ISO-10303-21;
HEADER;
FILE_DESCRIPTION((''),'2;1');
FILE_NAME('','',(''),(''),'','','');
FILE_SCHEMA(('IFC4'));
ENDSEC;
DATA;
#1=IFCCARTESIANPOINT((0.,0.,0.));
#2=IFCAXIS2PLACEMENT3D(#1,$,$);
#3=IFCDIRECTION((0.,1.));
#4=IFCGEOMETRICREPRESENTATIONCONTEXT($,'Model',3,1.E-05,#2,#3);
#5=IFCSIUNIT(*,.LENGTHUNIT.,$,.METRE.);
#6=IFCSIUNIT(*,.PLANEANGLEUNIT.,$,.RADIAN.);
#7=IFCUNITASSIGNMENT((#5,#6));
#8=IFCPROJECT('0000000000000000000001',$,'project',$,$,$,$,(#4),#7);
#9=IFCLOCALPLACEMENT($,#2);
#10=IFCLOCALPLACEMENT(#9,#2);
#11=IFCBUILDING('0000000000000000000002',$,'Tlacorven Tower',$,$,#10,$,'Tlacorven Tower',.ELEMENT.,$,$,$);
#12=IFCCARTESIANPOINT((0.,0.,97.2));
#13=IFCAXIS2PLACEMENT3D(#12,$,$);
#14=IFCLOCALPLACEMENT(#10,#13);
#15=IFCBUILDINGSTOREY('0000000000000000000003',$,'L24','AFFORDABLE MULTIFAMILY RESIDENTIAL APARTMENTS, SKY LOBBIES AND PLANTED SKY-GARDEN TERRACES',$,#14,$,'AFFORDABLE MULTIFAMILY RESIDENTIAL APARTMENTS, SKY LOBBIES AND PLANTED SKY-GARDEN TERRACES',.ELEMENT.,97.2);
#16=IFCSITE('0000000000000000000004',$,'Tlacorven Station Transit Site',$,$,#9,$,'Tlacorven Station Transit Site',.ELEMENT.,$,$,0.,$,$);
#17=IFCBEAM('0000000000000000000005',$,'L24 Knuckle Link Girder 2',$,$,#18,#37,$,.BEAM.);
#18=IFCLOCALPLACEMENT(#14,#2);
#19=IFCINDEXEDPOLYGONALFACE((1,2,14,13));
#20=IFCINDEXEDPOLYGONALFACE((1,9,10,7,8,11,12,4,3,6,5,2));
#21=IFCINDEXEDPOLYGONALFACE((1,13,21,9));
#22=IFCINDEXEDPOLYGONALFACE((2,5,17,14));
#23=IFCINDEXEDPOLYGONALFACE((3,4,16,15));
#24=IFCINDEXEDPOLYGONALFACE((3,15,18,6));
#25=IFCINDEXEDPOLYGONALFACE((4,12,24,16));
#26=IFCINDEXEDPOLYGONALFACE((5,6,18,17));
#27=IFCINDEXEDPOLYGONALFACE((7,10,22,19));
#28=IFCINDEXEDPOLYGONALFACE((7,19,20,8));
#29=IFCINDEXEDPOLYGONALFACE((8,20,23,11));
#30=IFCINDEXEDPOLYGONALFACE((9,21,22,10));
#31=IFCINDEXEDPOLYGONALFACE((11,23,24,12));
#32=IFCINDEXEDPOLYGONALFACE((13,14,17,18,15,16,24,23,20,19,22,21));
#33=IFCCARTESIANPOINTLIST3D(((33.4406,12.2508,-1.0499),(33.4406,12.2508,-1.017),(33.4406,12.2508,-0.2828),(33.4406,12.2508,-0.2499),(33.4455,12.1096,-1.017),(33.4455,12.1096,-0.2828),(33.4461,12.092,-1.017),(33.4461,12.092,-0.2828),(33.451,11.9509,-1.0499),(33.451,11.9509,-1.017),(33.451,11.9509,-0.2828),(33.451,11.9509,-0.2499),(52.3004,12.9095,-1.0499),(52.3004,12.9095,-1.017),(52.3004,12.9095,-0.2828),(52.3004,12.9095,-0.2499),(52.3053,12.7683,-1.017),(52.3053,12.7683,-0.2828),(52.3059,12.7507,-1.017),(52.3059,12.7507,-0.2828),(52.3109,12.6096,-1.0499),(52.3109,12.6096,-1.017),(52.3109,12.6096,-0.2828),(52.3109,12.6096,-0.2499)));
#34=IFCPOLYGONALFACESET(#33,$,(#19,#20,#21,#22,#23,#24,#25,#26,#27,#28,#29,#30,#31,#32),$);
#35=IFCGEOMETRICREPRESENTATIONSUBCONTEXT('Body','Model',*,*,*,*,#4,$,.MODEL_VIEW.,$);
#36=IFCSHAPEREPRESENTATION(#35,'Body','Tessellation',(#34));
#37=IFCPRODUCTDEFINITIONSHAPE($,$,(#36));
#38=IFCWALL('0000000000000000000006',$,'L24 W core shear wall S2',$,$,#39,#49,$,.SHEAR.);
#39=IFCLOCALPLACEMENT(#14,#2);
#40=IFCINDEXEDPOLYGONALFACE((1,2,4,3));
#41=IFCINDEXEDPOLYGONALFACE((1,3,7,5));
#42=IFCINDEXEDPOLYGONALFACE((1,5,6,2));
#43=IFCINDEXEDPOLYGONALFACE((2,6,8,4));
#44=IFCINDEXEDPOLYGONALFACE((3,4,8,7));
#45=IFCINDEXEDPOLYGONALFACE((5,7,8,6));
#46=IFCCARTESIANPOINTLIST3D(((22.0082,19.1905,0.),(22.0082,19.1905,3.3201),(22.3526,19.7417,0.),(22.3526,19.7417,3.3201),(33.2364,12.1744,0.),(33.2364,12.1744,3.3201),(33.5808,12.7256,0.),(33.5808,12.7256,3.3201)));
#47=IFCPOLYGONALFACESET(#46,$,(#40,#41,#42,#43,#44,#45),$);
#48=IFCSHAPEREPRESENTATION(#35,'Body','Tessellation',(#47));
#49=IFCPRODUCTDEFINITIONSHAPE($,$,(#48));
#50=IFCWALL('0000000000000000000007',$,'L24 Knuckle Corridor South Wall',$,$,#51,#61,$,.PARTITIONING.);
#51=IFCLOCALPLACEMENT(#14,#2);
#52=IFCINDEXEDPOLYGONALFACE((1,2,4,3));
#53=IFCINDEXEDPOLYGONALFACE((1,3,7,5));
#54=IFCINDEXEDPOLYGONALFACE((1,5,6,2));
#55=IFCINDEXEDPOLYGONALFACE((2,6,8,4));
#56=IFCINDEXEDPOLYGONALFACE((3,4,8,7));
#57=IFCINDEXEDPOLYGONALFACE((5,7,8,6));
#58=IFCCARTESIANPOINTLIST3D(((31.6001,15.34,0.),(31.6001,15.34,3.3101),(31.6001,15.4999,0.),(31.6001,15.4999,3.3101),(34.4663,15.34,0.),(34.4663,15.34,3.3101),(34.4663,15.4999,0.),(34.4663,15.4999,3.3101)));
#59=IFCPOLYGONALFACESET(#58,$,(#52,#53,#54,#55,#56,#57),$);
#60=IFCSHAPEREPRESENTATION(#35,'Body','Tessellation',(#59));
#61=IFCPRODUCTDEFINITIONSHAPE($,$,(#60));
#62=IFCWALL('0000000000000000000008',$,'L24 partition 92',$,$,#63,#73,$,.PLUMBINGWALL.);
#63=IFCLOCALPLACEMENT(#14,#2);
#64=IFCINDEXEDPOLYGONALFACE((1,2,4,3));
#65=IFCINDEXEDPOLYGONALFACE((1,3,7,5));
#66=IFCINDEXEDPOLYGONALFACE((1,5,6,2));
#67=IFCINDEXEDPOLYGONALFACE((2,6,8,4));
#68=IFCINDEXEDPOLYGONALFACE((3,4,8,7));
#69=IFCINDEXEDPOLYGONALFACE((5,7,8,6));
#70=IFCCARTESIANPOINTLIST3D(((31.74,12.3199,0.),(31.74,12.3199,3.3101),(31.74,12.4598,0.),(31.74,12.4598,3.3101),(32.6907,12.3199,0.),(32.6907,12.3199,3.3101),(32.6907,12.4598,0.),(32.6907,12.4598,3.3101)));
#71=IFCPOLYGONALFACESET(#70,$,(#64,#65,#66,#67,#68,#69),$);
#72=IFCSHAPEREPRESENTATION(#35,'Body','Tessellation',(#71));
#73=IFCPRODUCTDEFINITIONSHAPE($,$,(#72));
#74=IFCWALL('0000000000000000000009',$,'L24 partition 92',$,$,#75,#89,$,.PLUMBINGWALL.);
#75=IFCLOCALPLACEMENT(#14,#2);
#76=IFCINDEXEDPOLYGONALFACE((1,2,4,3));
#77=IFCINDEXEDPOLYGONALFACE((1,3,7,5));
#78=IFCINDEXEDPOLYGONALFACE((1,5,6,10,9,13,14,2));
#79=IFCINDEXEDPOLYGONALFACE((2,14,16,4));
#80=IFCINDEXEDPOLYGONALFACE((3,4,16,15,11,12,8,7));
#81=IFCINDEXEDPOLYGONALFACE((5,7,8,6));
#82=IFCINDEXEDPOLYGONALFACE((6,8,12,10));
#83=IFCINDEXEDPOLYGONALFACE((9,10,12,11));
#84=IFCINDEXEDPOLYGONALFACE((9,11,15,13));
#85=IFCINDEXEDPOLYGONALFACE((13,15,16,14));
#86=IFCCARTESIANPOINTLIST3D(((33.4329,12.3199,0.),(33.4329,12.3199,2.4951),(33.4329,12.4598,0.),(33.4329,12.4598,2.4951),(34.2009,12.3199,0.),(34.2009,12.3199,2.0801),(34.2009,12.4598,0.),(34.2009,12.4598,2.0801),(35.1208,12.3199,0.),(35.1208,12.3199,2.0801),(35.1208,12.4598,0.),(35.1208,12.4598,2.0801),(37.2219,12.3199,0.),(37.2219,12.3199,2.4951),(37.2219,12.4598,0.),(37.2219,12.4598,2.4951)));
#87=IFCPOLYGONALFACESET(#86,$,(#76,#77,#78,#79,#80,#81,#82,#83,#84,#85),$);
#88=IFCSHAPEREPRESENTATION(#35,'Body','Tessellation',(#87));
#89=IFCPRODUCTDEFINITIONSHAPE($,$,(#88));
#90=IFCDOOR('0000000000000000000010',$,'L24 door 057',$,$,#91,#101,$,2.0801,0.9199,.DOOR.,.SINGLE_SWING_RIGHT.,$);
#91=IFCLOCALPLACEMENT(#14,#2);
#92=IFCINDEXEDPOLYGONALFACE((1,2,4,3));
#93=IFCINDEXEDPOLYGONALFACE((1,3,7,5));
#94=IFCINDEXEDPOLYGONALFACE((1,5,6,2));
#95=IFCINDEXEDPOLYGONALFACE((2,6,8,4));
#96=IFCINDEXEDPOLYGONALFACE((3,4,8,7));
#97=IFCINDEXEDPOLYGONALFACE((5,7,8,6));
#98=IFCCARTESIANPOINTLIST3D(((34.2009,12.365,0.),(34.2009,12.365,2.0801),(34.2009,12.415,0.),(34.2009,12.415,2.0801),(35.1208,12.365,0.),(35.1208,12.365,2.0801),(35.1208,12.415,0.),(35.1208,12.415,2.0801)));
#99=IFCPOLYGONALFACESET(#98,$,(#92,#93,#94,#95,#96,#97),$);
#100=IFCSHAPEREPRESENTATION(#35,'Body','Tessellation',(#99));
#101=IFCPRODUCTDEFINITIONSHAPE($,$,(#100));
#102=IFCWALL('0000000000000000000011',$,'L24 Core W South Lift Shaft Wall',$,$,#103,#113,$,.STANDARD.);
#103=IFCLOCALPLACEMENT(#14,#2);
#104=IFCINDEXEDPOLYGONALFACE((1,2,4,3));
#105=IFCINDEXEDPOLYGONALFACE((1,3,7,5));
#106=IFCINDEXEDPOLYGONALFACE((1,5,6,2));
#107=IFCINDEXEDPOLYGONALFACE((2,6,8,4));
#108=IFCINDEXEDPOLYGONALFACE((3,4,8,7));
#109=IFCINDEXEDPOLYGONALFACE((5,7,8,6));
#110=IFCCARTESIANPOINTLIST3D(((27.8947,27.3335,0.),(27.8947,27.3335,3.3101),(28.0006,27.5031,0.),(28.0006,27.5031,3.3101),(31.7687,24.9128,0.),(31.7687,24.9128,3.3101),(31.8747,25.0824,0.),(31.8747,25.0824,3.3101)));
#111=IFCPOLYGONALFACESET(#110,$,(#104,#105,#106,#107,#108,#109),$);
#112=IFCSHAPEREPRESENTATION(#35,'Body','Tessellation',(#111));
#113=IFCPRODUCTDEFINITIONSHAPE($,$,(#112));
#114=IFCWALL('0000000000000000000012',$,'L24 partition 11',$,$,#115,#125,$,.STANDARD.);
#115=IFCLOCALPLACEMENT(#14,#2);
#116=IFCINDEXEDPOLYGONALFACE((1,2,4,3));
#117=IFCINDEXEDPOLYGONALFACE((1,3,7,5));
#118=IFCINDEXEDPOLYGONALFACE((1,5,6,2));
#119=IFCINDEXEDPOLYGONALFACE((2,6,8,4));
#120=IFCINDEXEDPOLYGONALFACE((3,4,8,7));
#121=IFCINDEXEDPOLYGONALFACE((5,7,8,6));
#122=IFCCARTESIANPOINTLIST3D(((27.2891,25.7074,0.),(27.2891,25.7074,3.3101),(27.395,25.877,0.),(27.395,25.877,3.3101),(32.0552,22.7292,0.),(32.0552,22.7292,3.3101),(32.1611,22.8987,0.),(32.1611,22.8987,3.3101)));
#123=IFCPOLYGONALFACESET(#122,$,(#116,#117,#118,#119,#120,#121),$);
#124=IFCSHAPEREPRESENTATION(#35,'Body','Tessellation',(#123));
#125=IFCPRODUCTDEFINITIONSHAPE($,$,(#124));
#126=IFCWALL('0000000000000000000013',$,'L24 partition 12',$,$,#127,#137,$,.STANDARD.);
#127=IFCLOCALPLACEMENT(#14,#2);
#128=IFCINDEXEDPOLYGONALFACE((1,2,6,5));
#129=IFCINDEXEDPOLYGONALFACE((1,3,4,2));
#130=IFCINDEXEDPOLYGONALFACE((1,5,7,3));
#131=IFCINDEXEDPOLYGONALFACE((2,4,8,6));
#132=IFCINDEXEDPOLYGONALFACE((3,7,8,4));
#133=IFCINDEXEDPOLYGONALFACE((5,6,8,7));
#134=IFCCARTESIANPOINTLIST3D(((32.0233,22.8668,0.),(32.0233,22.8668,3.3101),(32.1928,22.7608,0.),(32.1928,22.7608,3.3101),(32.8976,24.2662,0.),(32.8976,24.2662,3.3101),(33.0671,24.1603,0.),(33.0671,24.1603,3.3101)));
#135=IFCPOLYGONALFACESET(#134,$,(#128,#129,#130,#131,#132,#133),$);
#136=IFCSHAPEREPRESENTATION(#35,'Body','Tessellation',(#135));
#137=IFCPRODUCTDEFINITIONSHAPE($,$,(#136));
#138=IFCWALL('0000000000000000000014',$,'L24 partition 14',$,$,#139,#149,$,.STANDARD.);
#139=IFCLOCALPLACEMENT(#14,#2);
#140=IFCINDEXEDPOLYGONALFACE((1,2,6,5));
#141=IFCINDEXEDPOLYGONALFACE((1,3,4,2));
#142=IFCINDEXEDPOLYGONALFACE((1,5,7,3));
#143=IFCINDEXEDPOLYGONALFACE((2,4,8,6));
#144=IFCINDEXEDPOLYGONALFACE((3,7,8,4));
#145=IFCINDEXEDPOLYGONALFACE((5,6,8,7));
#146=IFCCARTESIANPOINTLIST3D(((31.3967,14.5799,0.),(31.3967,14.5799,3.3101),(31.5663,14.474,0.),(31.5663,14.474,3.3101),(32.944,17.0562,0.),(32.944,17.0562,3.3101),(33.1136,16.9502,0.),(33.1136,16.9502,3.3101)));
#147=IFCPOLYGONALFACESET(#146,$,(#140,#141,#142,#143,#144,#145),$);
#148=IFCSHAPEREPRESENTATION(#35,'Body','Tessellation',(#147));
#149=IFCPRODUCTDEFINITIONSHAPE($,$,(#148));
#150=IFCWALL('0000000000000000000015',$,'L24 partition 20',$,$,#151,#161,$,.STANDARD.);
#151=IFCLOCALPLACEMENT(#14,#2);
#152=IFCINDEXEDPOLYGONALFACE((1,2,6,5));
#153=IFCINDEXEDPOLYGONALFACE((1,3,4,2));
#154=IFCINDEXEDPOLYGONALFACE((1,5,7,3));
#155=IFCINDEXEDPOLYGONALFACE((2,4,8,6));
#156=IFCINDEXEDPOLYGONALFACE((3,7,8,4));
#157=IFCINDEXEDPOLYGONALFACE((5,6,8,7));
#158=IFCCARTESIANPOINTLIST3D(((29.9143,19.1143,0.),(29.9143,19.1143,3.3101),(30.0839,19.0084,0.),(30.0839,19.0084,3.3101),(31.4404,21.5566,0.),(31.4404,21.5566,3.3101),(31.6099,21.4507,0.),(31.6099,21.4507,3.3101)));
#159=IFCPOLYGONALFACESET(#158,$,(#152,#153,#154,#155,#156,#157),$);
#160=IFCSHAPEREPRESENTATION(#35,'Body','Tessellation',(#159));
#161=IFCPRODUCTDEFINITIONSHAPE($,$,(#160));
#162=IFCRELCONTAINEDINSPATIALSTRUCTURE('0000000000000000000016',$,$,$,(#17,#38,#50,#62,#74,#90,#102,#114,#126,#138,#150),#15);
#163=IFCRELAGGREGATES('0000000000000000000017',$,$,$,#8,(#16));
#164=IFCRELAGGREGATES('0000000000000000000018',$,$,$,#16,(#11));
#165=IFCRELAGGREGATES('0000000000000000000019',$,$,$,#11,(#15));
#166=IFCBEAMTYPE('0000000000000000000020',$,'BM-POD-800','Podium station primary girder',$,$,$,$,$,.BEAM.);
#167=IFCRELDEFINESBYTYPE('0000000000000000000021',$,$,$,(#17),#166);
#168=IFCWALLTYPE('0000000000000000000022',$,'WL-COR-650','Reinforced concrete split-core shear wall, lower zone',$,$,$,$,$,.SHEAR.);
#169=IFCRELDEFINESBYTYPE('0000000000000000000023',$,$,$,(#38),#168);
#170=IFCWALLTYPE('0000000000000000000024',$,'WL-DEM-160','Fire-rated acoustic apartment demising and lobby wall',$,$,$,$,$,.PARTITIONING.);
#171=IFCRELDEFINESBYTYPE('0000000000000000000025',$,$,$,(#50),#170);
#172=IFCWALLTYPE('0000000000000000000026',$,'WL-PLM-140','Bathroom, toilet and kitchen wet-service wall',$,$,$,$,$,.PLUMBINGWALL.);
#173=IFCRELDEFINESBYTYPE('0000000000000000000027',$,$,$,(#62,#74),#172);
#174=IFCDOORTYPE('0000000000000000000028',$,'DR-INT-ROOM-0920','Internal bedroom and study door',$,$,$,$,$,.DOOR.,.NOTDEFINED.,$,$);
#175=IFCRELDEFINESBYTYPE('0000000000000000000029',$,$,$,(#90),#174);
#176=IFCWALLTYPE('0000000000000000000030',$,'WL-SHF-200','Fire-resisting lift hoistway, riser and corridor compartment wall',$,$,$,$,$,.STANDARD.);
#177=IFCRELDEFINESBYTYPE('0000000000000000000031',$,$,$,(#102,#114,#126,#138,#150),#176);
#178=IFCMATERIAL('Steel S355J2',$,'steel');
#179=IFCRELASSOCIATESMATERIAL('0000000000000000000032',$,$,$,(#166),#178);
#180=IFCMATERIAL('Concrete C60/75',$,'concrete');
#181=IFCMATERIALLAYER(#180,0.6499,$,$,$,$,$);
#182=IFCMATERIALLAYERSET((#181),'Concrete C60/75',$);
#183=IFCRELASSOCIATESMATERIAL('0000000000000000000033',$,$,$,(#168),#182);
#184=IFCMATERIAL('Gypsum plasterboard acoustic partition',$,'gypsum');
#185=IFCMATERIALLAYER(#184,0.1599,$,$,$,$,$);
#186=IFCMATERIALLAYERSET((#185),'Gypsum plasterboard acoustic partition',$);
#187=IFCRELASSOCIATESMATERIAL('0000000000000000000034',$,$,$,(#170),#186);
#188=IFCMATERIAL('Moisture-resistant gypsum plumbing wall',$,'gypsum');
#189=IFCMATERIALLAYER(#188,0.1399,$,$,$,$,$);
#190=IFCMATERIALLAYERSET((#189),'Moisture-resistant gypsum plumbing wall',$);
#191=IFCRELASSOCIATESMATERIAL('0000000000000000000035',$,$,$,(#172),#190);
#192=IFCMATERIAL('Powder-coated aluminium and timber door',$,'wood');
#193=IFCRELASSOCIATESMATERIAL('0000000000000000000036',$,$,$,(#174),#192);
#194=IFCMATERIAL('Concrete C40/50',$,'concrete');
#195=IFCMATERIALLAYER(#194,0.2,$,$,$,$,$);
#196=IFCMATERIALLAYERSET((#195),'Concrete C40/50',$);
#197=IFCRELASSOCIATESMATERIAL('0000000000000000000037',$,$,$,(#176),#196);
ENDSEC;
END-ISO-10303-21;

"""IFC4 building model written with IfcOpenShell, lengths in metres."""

from ifc_helpers import new_model, si_unit, direction, frame, frame_2d, origin, origin_2d, place, context, subcontext, project, spatial, rectangle, i_section, extrude, source, transform, mapped, material, layer, layer_set, material_profile, profile_set, type_object, element, fill, save


model = new_model("IFC4")

# Units and contexts
model_context = context("Model", 3, precision=1e-05, world=origin(), true_north=direction((0.0, 1.0)))
body_context = subcontext(model_context, "Body", "Model", "MODEL_VIEW")
ifc_project = project(units=[si_unit("LENGTHUNIT", "METRE"), si_unit("PLANEANGLEUNIT", "RADIAN")], contexts=[model_context])

# Site, building, storey
site_placement = place(None, origin())
site = spatial("IfcSite", under=ifc_project, at=site_placement, Name="Tlacorven Station Transit Site", LongName="Tlacorven Station Transit Site", CompositionType="ELEMENT", RefElevation=0.0)
building_placement = place(site_placement, origin())
building = spatial("IfcBuilding", under=site, at=building_placement, Name="Tlacorven Tower", LongName="Tlacorven Tower", CompositionType="ELEMENT")
storey_placement = place(building_placement, frame((0.0, 0.0, 97.2)))
storey = spatial("IfcBuildingStorey", under=building, at=storey_placement, Name="L24", Description="AFFORDABLE MULTIFAMILY RESIDENTIAL APARTMENTS, SKY LOBBIES AND PLANTED SKY-GARDEN TERRACES", LongName="AFFORDABLE MULTIFAMILY RESIDENTIAL APARTMENTS, SKY LOBBIES AND PLANTED SKY-GARDEN TERRACES", CompositionType="ELEMENT", Elevation=97.2)

# Beam
ifc_material_1 = material(Name="Steel S355J2", Category="steel")
ifc_material_profile = material_profile(ifc_material_1, i_section(OverallWidth=0.3, OverallDepth=0.8, WebThickness=0.0176, FlangeThickness=0.033, at=origin_2d()), Name="HEB 800")
ifc_profile_set = profile_set([ifc_material_profile], Name="Steel S355J2")
beam_type = type_object("IfcBeamType", Name="BM-POD-800", Description="Podium station primary girder", PredefinedType="BEAM", material=ifc_profile_set)
shared_shape_1 = source(origin(), body_context, "Body", "SweptSolid", [
    extrude(i_section(OverallWidth=0.3, OverallDepth=0.8, WebThickness=0.0176, FlangeThickness=0.033, at=origin_2d()), origin(), (0.0, 0.0, 1.0), 18.8713),
])
beam_placement = place(storey_placement, frame((33.4458, 12.1008, -0.6499), z_axis=(0.999391, 0.034904, 0.0), x_axis=(-0.034904, 0.999391, 0.0)))
element("IfcBeam", 1, at=beam_placement, inside=storey, type_object=beam_type, Name="L24 Knuckle Link Girder 2", PredefinedType="BEAM", context=body_context, shape_type="MappedRepresentation", body=[
    mapped(shared_shape_1, transform((0.0, 0.0, 0.0), scale=1.0)),
])

# Walls
ifc_material_2 = material(Name="Concrete C60/75", Category="concrete")
ifc_layer_1 = layer(ifc_material_2, 0.6499)
ifc_layer_set_1 = layer_set([ifc_layer_1], Name="Concrete C60/75")
wall_type_1 = type_object("IfcWallType", Name="WL-COR-650", Description="Reinforced concrete split-core shear wall, lower zone", PredefinedType="SHEAR", material=ifc_layer_set_1)
wall_1_placement = place(storey_placement, frame((33.4087, 12.45, 0.0), z_axis=(0.0, 0.0, 1.0), x_axis=(-0.848051, 0.529914, 0.0)))
element("IfcWall", 2, at=wall_1_placement, inside=storey, type_object=wall_type_1, Name="L24 W core shear wall S2", PredefinedType="SHEAR", context=body_context, shape_type="SweptSolid", body=[
    extrude(rectangle(XDim=13.24, YDim=0.6499, at=frame_2d((6.6201, 0.0))), origin(), (0.0, 0.0, 1.0), 3.3201),
])
ifc_material_3 = material(Name="Gypsum plasterboard acoustic partition", Category="gypsum")
ifc_layer_2 = layer(ifc_material_3, 0.1599)
ifc_layer_set_2 = layer_set([ifc_layer_2], Name="Gypsum plasterboard acoustic partition")
wall_type_2 = type_object("IfcWallType", Name="WL-DEM-160", Description="Fire-rated acoustic apartment demising and lobby wall", PredefinedType="PARTITIONING", material=ifc_layer_set_2)
wall_2_placement = place(storey_placement, frame((31.6001, 15.4199, 0.0), z_axis=(0.0, 0.0, 1.0), x_axis=(1.0, 0.0, 0.0)))
element("IfcWall", 3, at=wall_2_placement, inside=storey, type_object=wall_type_2, Name="L24 Knuckle Corridor South Wall", PredefinedType="PARTITIONING", context=body_context, shape_type="SweptSolid", body=[
    extrude(rectangle(XDim=2.8662, YDim=0.1599, at=frame_2d((1.4331, 0.0))), origin(), (0.0, 0.0, 1.0), 3.3101),
])

# Shared definitions
ifc_material_4 = material(Name="Powder-coated aluminium and timber door", Category="wood")

# Wall
ifc_material_5 = material(Name="Moisture-resistant gypsum plumbing wall", Category="gypsum")
ifc_layer_3 = layer(ifc_material_5, 0.1399)
ifc_layer_set_3 = layer_set([ifc_layer_3], Name="Moisture-resistant gypsum plumbing wall")
wall_type_3 = type_object("IfcWallType", Name="WL-PLM-140", Description="Bathroom, toilet and kitchen wet-service wall", PredefinedType="PLUMBINGWALL", material=ifc_layer_set_3)
wall_3_placement = place(storey_placement, frame((31.74, 12.3899, 0.0), z_axis=(0.0, 0.0, 1.0), x_axis=(1.0, 0.0, 0.0)))
element("IfcWall", 4, at=wall_3_placement, inside=storey, type_object=wall_type_3, Name="L24 partition 92", PredefinedType="PLUMBINGWALL", context=body_context, shape_type="SweptSolid", body=[
    extrude(rectangle(XDim=0.9507, YDim=0.1399, at=frame_2d((0.4753, 0.0))), origin(), (0.0, 0.0, 1.0), 3.3101),
])

# Wall, opening, door
wall_4_placement = place(storey_placement, frame((33.4329, 12.3899, 0.0), z_axis=(0.0, 0.0, 1.0), x_axis=(1.0, 0.0, 0.0)))
wall_4 = element("IfcWall", 5, at=wall_4_placement, inside=storey, type_object=wall_type_3, Name="L24 partition 92", PredefinedType="PLUMBINGWALL", context=body_context, shape_type="SweptSolid", body=[
    extrude(rectangle(XDim=3.7891, YDim=0.1399, at=frame_2d((1.8945, 0.0))), origin(), (0.0, 0.0, 1.0), 2.4951),
])
opening_1_placement = place(wall_4_placement, frame((0.7681, 0.0, 0.0)))
opening_1 = element("IfcOpeningElement", 6, at=opening_1_placement, cuts=wall_4, PredefinedType="OPENING", context=body_context, shape_type="SweptSolid", body=[
    extrude(rectangle(XDim=0.9199, YDim=2.0801, at=frame_2d((0.46, 1.04))), frame((0.0, 0.0801, 0.0), z_axis=(0.0, -1.0, 0.0), x_axis=(1.0, 0.0, 0.0)), (0.0, 0.0, 1.0), 0.1599),
])
door_type_1 = type_object("IfcDoorType", Name="DR-INT-ROOM-0920", Description="Internal bedroom and study door", OperationType="NOTDEFINED", PredefinedType="DOOR", material=ifc_material_4)
shared_shape_2 = source(origin(), body_context, "Body", "SweptSolid", [
    extrude(rectangle(XDim=0.9199, YDim=2.0801, at=frame_2d((0.46, 1.04))), frame((0.0, 0.0249, 0.0), z_axis=(0.0, -1.0, 0.0), x_axis=(1.0, 0.0, 0.0)), (0.0, 0.0, 1.0), 0.05),
])
door_1_placement = place(opening_1_placement, frame((0.9199, 0.0, 0.0), z_axis=(0.0, 0.0, 1.0), x_axis=(-1.0, 0.0, 0.0)))
door_1 = element("IfcDoor", 7, at=door_1_placement, inside=storey, type_object=door_type_1, Name="L24 door 057", OperationType="SINGLE_SWING_RIGHT", OverallHeight=2.0801, OverallWidth=0.9199, PredefinedType="DOOR", context=body_context, shape_type="MappedRepresentation", body=[
    mapped(shared_shape_2, transform((0.0, 0.0, 0.0), scale=1.0)),
])
fill(opening_1, door_1)

# Walls
ifc_material_6 = material(Name="Concrete C40/50", Category="concrete")
ifc_layer_4 = layer(ifc_material_6, 0.2)
ifc_layer_set_4 = layer_set([ifc_layer_4], Name="Concrete C40/50")
wall_type_4 = type_object("IfcWallType", Name="WL-SHF-200", Description="Fire-resisting lift hoistway, riser and corridor compartment wall", PredefinedType="STANDARD", material=ifc_layer_set_4)
wall_5_placement = place(storey_placement, frame((31.8218, 24.9976, 0.0), z_axis=(0.0, 0.0, 1.0), x_axis=(-0.848058, 0.529903, 0.0)))
element("IfcWall", 8, at=wall_5_placement, inside=storey, type_object=wall_type_4, Name="L24 Core W South Lift Shaft Wall", PredefinedType="STANDARD", context=body_context, shape_type="SweptSolid", body=[
    extrude(rectangle(XDim=4.5681, YDim=0.2, at=frame_2d((2.2842, 0.0))), origin(), (0.0, 0.0, 1.0), 3.3101),
])
wall_6_placement = place(storey_placement, frame((32.1082, 22.814, 0.0), z_axis=(0.0, 0.0, 1.0), x_axis=(-0.848042, 0.529929, 0.0)))
element("IfcWall", 9, at=wall_6_placement, inside=storey, type_object=wall_type_4, Name="L24 partition 11", PredefinedType="STANDARD", context=body_context, shape_type="SweptSolid", body=[
    extrude(rectangle(XDim=5.6201, YDim=0.2, at=frame_2d((2.8101, 0.0))), origin(), (0.0, 0.0, 1.0), 3.3101),
])
wall_7_placement = place(storey_placement, frame((32.9824, 24.2134, 0.0), z_axis=(0.0, 0.0, 1.0), x_axis=(-0.529839, -0.848098, 0.0)))
element("IfcWall", 10, at=wall_7_placement, inside=storey, type_object=wall_type_4, Name="L24 partition 12", PredefinedType="STANDARD", context=body_context, shape_type="SweptSolid", body=[
    extrude(rectangle(XDim=1.6501, YDim=0.2, at=frame_2d((0.8252, 0.0))), origin(), (0.0, 0.0, 1.0), 3.3101),
])
wall_8_placement = place(storey_placement, frame((33.0288, 17.0032, 0.0), z_axis=(0.0, 0.0, 1.0), x_axis=(-0.529916, -0.84805, 0.0)))
element("IfcWall", 11, at=wall_8_placement, inside=storey, type_object=wall_type_4, Name="L24 partition 14", PredefinedType="STANDARD", context=body_context, shape_type="SweptSolid", body=[
    extrude(rectangle(XDim=2.9199, YDim=0.2, at=frame_2d((1.46, 0.0))), origin(), (0.0, 0.0, 1.0), 3.3101),
])
wall_9_placement = place(storey_placement, frame((31.5251, 21.5037, 0.0), z_axis=(0.0, 0.0, 1.0), x_axis=(-0.529907, -0.848055, 0.0)))
element("IfcWall", 12, at=wall_9_placement, inside=storey, type_object=wall_type_4, Name="L24 partition 20", PredefinedType="STANDARD", context=body_context, shape_type="SweptSolid", body=[
    extrude(rectangle(XDim=2.8799, YDim=0.2, at=frame_2d((1.4399, 0.0))), origin(), (0.0, 0.0, 1.0), 3.3101),
])

save(model, "model.ifc")
